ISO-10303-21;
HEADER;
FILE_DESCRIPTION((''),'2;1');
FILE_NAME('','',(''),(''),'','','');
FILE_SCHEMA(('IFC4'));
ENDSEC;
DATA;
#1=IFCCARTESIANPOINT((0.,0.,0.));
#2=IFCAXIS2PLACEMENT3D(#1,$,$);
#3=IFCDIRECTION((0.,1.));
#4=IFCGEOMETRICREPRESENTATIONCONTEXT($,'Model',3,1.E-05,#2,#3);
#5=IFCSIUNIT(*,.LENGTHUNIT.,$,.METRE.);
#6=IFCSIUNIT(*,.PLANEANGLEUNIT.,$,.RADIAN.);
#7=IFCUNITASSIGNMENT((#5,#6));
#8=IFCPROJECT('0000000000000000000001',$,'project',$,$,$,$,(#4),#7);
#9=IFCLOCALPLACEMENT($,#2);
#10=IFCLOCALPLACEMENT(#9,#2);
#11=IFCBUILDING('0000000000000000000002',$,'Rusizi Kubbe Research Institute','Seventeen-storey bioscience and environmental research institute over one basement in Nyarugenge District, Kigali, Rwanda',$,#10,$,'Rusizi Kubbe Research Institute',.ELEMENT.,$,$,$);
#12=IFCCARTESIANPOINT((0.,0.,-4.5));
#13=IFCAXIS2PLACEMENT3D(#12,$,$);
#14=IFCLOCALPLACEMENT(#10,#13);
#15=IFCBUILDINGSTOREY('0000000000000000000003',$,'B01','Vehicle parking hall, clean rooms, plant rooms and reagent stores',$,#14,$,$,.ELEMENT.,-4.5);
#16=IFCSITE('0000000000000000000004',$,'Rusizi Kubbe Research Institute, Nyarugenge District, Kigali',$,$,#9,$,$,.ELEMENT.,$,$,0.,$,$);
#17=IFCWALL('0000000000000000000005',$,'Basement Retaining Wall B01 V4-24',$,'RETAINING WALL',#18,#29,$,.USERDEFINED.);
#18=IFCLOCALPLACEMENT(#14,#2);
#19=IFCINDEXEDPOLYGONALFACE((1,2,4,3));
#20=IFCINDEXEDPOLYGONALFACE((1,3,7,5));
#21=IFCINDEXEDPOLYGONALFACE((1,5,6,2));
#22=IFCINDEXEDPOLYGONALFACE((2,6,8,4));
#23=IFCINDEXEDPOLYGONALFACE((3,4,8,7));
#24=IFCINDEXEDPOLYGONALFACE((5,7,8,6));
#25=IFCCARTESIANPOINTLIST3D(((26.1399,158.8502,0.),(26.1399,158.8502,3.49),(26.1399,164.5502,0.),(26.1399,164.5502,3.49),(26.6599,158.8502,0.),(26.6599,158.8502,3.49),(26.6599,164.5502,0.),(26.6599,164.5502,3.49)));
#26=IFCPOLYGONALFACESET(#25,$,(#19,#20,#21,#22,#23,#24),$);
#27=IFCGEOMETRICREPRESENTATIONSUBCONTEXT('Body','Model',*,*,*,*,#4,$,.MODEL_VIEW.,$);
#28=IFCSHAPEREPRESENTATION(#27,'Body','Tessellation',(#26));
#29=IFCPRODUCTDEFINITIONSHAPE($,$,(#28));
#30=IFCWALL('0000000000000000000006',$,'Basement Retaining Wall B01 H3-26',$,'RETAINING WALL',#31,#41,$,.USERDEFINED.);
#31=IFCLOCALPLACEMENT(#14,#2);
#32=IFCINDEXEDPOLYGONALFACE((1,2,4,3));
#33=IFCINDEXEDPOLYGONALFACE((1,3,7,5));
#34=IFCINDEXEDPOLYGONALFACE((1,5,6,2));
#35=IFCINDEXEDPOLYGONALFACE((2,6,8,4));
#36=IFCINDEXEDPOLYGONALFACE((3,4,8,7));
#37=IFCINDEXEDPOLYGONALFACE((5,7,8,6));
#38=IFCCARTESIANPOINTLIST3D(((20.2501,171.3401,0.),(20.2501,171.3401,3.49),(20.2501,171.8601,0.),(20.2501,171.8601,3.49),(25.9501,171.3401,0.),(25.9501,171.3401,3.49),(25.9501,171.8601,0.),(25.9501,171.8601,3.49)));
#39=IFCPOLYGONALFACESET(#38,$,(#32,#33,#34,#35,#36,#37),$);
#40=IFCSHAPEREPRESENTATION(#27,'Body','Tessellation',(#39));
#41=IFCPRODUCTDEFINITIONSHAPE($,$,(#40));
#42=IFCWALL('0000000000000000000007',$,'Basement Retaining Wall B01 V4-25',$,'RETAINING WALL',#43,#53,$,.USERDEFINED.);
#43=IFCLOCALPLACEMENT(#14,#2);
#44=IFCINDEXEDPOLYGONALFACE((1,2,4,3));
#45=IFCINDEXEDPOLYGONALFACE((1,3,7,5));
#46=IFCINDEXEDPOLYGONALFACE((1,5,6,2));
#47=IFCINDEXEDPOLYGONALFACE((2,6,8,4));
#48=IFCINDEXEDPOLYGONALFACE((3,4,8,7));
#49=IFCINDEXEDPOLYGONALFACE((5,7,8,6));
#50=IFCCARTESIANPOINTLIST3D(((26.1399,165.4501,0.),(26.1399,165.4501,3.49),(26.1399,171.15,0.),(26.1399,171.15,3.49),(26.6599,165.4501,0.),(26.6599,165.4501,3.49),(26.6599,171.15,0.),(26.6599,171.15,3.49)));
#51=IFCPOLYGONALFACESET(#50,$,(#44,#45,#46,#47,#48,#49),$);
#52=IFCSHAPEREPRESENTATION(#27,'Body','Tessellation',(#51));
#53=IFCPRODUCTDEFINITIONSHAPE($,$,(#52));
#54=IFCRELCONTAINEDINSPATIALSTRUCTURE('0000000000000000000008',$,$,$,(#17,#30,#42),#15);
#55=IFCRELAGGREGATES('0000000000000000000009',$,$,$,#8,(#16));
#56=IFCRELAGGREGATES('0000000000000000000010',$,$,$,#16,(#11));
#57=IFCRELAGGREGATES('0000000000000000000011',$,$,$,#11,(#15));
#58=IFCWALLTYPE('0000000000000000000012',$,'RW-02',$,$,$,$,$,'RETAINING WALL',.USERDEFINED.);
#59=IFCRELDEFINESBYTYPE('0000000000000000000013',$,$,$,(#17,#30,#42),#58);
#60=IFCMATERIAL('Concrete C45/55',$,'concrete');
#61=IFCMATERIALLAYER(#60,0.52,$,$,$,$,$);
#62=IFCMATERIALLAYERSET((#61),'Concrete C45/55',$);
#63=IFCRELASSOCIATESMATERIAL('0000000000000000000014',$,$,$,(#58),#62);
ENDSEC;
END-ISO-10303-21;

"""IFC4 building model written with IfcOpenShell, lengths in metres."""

from ifc_helpers import new_model, si_unit, direction, frame, frame_2d, origin, place, context, subcontext, project, spatial, rectangle, extrude, material, layer, layer_set, type_object, element, save


model = new_model("IFC4")

# Units and contexts
model_context = context("Model", 3, precision=1e-05, world=origin(), true_north=direction((0.0, 1.0)))
body_context = subcontext(model_context, "Body", "Model", "MODEL_VIEW")
ifc_project = project(units=[si_unit("LENGTHUNIT", "METRE"), si_unit("PLANEANGLEUNIT", "RADIAN")], contexts=[model_context])

# Site, building, storey
site_placement = place(None, origin())
site = spatial("IfcSite", under=ifc_project, at=site_placement, Name="Rusizi Kubbe Research Institute, Nyarugenge District, Kigali", CompositionType="ELEMENT", RefElevation=0.0)
building_placement = place(site_placement, origin())
building = spatial("IfcBuilding", under=site, at=building_placement, Name="Rusizi Kubbe Research Institute", Description="Seventeen-storey bioscience and environmental research institute over one basement in Nyarugenge District, Kigali, Rwanda", LongName="Rusizi Kubbe Research Institute", CompositionType="ELEMENT")
storey_placement = place(building_placement, frame((0.0, 0.0, -4.5)))
storey = spatial("IfcBuildingStorey", under=building, at=storey_placement, Name="B01", Description="Vehicle parking hall, clean rooms, plant rooms and reagent stores", CompositionType="ELEMENT", Elevation=-4.5)

# Walls
ifc_material_1 = material(Name="Concrete C45/55", Category="concrete")
ifc_layer_1 = layer(ifc_material_1, 0.52)
ifc_layer_set_1 = layer_set([ifc_layer_1], Name="Concrete C45/55")
wall_type_1 = type_object("IfcWallType", Name="RW-02", ElementType="RETAINING WALL", PredefinedType="USERDEFINED", material=ifc_layer_set_1)
for number, where, z_axis, x_axis, name in (
    (1, (26.3999, 158.8501, 0.0), (0.0, 0.0, 1.0), (0.0, 1.0, 0.0), "Basement Retaining Wall B01 V4-24"),
    (2, (20.25, 171.6001, 0.0), (0.0, 0.0, 1.0), (1.0, 0.0, 0.0), "Basement Retaining Wall B01 H3-26"),
    (3, (26.3999, 165.45, 0.0), (0.0, 0.0, 1.0), (0.0, 1.0, 0.0), "Basement Retaining Wall B01 V4-25"),
):
    element("IfcWall", number, at=place(storey_placement, frame(where, z_axis=z_axis, x_axis=x_axis)), inside=storey, type_object=wall_type_1, Name=name, ObjectType="RETAINING WALL", PredefinedType="USERDEFINED", context=body_context, shape_type="SweptSolid", body=[
        extrude(rectangle(XDim=5.7, YDim=0.52, at=frame_2d((2.8501, 0.0))), origin(), (0.0, 0.0, 1.0), 3.49),
    ])

save(model, "model.ifc")
